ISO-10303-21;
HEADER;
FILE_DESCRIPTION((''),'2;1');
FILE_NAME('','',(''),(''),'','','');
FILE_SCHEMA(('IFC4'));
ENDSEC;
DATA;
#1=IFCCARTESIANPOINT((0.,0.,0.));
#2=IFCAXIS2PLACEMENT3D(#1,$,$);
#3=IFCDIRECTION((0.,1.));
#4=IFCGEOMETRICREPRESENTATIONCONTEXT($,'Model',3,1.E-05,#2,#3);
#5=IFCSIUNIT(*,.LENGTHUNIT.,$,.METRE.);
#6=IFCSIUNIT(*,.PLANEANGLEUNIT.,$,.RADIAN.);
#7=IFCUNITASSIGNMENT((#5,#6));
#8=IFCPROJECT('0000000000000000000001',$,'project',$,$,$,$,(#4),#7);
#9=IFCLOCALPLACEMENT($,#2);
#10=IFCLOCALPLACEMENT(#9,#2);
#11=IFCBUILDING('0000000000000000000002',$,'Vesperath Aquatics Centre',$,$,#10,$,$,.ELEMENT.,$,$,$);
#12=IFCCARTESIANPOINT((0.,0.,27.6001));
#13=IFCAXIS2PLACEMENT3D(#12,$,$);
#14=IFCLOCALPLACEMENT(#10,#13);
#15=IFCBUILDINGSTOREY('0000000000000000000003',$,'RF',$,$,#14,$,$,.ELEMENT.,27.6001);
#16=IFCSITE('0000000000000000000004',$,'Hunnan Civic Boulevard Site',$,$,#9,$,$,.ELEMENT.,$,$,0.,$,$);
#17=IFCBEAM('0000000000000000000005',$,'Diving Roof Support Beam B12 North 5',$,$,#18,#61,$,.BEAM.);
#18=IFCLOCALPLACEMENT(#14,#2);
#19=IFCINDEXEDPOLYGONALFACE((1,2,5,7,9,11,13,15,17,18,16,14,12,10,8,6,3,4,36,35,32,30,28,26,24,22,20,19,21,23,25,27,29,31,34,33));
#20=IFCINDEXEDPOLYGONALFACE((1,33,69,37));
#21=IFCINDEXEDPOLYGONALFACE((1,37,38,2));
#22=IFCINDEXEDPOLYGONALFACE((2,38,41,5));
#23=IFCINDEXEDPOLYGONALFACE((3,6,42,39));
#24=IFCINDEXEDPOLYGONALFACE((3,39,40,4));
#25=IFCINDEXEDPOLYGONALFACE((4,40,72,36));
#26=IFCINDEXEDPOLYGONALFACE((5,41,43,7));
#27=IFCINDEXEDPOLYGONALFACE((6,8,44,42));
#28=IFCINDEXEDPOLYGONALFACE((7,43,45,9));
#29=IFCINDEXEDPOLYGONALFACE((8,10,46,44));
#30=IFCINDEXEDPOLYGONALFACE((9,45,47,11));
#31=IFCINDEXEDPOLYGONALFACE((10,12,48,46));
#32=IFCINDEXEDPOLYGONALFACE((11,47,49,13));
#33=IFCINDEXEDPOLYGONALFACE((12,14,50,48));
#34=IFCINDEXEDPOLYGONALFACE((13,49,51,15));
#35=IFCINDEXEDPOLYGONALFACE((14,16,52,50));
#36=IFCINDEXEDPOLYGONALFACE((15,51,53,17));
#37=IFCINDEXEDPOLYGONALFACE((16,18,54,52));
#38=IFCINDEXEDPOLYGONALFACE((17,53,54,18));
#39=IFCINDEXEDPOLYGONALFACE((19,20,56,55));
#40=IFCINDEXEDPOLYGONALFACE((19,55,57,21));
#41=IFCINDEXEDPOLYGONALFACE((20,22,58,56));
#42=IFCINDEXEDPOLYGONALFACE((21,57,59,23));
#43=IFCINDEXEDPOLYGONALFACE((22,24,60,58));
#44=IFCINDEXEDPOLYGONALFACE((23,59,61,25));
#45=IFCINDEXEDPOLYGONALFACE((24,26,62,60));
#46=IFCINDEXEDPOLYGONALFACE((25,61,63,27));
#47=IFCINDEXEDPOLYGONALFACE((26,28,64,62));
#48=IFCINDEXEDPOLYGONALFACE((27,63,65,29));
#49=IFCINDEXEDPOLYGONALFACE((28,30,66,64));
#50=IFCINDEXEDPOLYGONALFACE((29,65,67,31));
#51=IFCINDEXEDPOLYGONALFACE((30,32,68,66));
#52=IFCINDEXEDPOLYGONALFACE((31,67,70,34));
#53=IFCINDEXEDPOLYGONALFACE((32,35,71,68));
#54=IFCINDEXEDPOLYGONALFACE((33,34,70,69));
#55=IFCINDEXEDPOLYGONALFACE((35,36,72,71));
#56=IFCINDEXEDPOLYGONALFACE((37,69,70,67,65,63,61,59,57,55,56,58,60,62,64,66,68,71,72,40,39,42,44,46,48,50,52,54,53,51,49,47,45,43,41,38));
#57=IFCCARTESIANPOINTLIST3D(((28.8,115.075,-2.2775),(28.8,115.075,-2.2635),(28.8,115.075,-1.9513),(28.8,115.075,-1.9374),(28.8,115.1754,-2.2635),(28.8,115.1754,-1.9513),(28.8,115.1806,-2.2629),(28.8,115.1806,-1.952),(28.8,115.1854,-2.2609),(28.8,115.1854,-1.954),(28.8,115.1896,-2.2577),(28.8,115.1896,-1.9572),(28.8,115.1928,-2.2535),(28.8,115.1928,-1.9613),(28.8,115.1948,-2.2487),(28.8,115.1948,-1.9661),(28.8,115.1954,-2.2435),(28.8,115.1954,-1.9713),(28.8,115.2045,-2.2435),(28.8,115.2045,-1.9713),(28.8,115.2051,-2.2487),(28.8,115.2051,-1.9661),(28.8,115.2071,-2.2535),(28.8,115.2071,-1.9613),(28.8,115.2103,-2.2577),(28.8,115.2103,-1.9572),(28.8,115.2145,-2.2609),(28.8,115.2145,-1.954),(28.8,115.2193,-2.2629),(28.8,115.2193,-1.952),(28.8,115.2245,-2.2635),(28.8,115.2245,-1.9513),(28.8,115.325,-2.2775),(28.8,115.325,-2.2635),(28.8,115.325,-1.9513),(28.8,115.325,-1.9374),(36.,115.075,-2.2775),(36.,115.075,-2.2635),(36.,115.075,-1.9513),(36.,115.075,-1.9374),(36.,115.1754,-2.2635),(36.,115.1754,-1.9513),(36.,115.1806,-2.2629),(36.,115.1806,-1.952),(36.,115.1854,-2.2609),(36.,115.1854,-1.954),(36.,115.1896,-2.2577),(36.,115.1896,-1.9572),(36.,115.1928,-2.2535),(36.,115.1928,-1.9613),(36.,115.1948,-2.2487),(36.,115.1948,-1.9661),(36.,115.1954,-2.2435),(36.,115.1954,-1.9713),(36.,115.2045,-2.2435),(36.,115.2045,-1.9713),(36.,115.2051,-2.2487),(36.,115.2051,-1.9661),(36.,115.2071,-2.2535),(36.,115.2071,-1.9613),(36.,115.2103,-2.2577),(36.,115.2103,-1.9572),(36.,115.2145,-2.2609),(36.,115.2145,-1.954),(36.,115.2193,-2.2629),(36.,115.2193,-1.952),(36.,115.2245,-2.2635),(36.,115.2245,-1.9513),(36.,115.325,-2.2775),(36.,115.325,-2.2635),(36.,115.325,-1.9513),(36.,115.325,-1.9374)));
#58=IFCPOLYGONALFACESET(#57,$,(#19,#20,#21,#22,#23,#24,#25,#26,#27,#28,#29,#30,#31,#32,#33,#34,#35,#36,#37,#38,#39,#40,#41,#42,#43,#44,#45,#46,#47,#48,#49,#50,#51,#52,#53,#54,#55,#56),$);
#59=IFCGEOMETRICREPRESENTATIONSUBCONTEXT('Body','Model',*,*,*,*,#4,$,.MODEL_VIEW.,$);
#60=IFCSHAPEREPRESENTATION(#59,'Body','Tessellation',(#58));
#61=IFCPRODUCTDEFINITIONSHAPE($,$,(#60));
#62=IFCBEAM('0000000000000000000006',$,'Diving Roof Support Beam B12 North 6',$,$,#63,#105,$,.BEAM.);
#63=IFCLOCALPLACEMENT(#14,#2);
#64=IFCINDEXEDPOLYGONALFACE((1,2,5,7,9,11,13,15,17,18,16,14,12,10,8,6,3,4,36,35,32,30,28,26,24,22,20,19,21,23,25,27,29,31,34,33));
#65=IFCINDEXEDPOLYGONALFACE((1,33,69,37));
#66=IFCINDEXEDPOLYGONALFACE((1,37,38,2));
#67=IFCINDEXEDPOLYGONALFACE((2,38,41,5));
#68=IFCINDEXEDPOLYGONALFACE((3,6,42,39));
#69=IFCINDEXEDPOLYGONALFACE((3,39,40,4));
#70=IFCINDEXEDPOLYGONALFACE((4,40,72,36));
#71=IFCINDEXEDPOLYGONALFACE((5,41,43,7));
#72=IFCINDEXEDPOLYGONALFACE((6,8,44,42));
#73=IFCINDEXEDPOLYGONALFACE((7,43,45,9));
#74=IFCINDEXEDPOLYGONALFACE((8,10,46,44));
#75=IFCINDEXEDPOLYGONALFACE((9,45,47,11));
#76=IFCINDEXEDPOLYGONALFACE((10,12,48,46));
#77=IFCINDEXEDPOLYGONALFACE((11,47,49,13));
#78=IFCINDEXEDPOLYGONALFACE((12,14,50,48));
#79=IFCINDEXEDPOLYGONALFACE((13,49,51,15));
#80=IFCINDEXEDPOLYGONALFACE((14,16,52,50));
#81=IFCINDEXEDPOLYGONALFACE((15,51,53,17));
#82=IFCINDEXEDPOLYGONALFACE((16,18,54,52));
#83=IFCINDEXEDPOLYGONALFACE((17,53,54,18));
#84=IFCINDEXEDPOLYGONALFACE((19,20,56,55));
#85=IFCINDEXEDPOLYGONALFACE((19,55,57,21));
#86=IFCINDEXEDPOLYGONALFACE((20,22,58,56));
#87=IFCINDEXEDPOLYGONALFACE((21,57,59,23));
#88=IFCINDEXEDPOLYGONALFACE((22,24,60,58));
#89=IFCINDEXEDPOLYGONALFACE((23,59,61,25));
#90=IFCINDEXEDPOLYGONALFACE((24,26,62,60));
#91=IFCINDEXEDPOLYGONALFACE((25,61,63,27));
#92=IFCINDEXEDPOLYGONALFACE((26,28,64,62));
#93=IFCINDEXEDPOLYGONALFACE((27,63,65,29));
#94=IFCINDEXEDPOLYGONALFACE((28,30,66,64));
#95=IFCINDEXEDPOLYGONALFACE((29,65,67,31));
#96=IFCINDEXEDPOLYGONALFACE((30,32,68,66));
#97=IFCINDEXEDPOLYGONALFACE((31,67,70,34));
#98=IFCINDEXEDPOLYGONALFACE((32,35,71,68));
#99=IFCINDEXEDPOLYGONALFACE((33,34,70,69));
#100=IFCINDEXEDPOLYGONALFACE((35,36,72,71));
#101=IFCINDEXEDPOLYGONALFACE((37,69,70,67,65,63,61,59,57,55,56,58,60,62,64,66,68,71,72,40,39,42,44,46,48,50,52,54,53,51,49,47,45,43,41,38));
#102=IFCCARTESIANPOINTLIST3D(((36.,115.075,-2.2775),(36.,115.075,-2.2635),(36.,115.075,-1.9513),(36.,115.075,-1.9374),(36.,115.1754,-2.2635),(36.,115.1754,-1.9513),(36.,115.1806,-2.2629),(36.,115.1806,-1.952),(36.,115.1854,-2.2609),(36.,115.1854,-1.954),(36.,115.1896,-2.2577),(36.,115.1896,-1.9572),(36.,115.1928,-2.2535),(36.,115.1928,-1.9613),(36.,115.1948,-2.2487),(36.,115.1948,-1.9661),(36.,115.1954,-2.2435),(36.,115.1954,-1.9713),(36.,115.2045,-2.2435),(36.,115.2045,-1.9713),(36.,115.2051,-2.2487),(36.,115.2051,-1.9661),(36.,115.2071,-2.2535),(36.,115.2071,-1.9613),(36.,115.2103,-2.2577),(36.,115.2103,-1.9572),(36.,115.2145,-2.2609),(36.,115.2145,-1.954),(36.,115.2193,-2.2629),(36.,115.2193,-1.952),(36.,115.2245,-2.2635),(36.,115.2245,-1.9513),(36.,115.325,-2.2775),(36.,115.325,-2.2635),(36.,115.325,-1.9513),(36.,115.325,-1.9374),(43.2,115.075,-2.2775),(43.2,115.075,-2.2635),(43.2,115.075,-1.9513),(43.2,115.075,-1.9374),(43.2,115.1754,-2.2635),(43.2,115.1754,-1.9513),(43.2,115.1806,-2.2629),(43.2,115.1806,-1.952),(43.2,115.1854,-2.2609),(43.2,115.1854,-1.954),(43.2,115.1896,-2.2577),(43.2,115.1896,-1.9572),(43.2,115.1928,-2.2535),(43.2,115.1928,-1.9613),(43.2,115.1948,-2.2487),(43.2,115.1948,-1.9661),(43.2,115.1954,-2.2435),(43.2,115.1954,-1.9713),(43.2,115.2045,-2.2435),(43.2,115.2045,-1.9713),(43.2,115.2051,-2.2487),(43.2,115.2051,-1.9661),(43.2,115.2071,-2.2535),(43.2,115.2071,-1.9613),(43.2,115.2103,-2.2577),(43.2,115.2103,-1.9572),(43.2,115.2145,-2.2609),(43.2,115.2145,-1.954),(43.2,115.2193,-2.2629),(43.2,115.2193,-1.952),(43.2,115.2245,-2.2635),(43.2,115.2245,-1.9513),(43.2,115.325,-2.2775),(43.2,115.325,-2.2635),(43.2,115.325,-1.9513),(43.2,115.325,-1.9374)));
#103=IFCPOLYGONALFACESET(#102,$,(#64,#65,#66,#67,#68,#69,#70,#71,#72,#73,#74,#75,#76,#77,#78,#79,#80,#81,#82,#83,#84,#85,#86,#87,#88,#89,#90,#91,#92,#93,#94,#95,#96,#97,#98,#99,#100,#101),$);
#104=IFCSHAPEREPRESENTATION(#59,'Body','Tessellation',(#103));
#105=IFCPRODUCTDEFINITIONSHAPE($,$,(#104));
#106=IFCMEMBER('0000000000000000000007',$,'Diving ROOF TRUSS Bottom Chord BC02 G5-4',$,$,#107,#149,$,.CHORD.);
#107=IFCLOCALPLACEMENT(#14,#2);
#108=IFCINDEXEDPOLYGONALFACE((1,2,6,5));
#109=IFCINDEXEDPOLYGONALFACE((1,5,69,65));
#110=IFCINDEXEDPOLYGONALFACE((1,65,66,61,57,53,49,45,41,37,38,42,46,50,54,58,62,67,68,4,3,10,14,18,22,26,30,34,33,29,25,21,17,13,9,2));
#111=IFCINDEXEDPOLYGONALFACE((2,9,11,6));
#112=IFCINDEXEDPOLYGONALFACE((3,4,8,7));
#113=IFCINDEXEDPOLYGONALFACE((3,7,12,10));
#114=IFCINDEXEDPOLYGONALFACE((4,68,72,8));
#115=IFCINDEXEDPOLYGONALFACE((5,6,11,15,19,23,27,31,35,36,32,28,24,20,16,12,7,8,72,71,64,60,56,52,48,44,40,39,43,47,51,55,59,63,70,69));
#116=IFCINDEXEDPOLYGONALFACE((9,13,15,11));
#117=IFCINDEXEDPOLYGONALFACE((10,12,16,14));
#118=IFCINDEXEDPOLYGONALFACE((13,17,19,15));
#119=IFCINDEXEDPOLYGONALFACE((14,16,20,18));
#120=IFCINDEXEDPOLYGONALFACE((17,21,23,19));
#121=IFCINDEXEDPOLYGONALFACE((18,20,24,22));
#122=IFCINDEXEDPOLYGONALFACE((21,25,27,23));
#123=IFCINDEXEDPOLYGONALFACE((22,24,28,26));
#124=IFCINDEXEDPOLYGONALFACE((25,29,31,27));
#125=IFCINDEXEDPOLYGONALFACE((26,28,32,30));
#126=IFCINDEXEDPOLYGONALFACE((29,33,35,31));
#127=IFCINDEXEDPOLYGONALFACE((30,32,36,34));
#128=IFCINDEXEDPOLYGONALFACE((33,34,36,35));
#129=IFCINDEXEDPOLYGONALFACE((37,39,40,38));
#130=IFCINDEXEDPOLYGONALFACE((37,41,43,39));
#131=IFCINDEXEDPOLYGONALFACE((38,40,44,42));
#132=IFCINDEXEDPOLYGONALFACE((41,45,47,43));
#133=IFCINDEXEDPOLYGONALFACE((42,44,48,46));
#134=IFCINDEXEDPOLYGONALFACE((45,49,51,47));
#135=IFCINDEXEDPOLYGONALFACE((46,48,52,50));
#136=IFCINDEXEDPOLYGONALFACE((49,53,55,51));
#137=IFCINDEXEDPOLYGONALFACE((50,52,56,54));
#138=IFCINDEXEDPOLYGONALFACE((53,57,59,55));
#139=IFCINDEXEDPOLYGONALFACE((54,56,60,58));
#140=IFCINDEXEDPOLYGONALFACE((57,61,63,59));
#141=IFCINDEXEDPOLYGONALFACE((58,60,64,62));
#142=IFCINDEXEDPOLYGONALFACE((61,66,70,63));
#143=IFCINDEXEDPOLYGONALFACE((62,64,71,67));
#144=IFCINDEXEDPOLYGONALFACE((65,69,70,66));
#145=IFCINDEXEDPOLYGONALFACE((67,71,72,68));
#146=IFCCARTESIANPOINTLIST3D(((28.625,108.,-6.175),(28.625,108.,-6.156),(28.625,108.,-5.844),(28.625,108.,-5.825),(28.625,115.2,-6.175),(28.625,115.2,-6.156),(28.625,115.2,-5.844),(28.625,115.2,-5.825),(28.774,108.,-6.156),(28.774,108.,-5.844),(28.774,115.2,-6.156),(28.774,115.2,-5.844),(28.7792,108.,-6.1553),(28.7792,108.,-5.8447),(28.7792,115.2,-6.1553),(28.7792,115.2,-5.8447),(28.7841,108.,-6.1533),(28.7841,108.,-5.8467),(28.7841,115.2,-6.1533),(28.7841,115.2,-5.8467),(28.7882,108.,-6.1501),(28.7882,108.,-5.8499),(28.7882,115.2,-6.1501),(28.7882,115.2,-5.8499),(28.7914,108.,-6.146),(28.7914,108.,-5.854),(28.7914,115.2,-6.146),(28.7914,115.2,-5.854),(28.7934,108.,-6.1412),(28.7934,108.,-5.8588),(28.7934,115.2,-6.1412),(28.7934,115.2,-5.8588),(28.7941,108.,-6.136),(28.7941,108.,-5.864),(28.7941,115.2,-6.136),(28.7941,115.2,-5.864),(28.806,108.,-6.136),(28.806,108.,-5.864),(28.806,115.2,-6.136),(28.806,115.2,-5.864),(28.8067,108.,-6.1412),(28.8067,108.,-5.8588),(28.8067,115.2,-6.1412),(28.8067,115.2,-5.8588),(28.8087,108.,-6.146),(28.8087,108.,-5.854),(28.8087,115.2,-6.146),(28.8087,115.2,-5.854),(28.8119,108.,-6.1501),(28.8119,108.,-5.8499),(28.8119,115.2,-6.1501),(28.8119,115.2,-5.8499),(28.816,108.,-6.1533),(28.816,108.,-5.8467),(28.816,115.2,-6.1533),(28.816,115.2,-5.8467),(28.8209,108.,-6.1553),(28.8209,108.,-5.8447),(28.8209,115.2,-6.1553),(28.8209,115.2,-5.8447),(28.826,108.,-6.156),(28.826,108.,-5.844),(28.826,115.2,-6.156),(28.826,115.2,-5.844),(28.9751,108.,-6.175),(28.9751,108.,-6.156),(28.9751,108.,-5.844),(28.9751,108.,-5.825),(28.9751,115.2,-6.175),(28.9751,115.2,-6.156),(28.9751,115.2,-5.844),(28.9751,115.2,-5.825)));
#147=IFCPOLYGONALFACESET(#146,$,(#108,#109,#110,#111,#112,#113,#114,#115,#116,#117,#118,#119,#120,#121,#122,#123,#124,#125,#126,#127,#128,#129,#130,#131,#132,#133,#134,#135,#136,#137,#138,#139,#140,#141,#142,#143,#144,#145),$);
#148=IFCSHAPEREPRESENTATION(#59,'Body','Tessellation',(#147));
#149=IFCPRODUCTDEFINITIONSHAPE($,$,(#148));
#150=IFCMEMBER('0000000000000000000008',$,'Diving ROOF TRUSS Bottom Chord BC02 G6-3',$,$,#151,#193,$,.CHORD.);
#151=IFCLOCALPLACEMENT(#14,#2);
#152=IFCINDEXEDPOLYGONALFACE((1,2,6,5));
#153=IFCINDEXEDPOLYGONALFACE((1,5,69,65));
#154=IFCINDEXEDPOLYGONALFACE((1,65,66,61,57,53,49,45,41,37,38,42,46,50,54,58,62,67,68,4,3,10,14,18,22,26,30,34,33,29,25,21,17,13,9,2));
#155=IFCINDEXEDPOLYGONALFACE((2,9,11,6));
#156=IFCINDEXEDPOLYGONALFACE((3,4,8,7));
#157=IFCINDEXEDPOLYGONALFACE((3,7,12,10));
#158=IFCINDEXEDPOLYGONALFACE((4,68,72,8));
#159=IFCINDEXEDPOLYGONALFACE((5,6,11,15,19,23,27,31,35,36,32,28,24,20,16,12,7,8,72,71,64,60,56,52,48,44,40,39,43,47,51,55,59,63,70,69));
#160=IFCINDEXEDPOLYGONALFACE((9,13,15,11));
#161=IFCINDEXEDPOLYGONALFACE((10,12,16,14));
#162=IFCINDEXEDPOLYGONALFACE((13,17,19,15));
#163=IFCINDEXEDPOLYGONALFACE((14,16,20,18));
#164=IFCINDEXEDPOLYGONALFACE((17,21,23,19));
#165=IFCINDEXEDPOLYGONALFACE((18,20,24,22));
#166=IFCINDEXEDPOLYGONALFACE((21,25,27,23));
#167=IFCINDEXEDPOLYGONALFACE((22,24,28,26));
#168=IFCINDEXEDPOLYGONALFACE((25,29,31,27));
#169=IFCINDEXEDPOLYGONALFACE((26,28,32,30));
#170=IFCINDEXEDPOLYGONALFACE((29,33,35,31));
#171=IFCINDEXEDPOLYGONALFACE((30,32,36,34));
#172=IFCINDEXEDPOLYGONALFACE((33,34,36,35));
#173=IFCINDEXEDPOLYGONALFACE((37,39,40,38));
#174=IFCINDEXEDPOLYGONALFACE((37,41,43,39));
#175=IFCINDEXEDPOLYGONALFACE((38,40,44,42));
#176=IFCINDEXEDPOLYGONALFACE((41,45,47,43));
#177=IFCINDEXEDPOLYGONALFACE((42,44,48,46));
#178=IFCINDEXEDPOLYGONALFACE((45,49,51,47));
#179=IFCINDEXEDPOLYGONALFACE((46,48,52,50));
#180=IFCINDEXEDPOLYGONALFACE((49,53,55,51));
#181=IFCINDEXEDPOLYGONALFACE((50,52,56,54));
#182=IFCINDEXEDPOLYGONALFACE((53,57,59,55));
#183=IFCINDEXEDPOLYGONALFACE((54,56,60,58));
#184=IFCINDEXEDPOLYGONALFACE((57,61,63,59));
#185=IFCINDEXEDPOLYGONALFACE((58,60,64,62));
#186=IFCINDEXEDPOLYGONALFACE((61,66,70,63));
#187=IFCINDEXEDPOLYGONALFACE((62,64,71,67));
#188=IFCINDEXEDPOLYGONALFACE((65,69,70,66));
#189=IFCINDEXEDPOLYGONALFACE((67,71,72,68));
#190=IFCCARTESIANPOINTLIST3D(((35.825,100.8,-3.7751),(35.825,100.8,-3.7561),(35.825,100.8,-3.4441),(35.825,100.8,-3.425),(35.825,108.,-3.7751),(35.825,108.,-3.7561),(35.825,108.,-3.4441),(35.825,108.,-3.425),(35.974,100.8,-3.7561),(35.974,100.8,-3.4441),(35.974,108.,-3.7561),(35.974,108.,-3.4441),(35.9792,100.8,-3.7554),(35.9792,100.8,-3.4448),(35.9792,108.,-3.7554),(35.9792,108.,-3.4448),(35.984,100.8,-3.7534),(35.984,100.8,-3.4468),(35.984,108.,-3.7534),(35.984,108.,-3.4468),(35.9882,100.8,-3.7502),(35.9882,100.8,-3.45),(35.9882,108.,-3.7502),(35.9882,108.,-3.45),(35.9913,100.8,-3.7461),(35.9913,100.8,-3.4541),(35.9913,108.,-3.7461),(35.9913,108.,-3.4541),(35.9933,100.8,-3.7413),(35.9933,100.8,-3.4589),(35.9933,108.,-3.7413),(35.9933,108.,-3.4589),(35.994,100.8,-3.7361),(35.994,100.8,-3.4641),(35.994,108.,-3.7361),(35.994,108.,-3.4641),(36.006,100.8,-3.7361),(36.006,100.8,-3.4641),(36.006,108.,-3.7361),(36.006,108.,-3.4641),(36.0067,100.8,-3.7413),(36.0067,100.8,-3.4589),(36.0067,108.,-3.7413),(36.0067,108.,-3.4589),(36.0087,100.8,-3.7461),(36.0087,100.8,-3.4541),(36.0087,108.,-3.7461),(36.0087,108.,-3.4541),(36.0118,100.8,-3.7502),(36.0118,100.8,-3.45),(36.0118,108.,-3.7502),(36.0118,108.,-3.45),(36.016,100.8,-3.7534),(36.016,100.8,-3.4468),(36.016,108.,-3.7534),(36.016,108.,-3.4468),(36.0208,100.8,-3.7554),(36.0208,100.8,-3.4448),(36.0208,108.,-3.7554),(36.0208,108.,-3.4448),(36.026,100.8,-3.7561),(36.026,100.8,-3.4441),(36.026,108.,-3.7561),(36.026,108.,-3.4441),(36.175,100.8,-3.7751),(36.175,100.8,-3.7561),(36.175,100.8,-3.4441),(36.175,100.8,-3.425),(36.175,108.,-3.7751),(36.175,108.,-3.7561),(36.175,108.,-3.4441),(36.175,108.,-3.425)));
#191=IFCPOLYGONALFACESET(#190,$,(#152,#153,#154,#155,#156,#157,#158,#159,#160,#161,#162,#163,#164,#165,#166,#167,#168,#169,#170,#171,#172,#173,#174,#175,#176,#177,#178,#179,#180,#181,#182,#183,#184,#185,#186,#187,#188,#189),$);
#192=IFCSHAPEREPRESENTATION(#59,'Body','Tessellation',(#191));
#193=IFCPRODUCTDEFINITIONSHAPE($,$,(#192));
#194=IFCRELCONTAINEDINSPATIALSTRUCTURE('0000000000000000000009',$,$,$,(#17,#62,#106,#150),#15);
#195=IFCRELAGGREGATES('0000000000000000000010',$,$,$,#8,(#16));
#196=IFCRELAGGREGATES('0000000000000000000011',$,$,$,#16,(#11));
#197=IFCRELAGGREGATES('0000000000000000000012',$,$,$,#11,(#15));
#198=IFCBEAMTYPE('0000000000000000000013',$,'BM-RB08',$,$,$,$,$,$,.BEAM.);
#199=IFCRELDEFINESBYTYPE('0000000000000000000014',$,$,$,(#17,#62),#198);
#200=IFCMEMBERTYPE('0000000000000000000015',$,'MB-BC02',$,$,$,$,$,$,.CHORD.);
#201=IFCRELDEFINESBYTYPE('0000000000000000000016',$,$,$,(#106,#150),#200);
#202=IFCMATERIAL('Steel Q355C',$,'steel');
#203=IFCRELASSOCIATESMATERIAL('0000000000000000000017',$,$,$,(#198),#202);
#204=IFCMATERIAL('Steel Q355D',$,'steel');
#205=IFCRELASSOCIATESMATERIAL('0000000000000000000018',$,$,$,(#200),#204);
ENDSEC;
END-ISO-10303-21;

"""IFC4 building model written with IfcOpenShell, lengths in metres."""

from ifc_helpers import new_model, si_unit, direction, frame, origin, origin_2d, place, context, subcontext, project, spatial, i_section, extrude, material, material_profile, profile_set, type_object, element, save


model = new_model("IFC4")

# Units and contexts
model_context = context("Model", 3, precision=1e-05, world=origin(), true_north=direction((0.0, 1.0)))
body_context = subcontext(model_context, "Body", "Model", "MODEL_VIEW")
ifc_project = project(units=[si_unit("LENGTHUNIT", "METRE"), si_unit("PLANEANGLEUNIT", "RADIAN")], contexts=[model_context])

# Site, building, storey
site_placement = place(None, origin())
site = spatial("IfcSite", under=ifc_project, at=site_placement, Name="Hunnan Civic Boulevard Site", CompositionType="ELEMENT", RefElevation=0.0)
building_placement = place(site_placement, origin())
building = spatial("IfcBuilding", under=site, at=building_placement, Name="Vesperath Aquatics Centre", CompositionType="ELEMENT")
storey_placement = place(building_placement, frame((0.0, 0.0, 27.6001)))
storey = spatial("IfcBuildingStorey", under=building, at=storey_placement, Name="RF", CompositionType="ELEMENT", Elevation=27.6001)

# Beams
ifc_material_1 = material(Name="Steel Q355C", Category="steel")
ifc_material_profile_1 = material_profile(ifc_material_1, i_section(OverallWidth=0.25, OverallDepth=0.3401, WebThickness=0.009, FlangeThickness=0.0139, FilletRadius=0.02, at=origin_2d()), Name="HM 340x250x9x14")
ifc_profile_set_1 = profile_set([ifc_material_profile_1], Name="Steel Q355C")
beam_type = type_object("IfcBeamType", Name="BM-RB08", PredefinedType="BEAM", material=ifc_profile_set_1)
for number, where, z_axis, x_axis, name in (
    (1, (28.8, 115.2, -2.1074), (1.0, 0.0, 0.0), (0.0, 1.0, 0.0), "Diving Roof Support Beam B12 North 5"),
    (2, (36.0, 115.2, -2.1074), (1.0, 0.0, 0.0), (0.0, 1.0, 0.0), "Diving Roof Support Beam B12 North 6"),
):
    element("IfcBeam", number, at=place(storey_placement, frame(where, z_axis=z_axis, x_axis=x_axis)), inside=storey, type_object=beam_type, Name=name, PredefinedType="BEAM", context=body_context, shape_type="SweptSolid", body=[
        extrude(i_section(OverallWidth=0.25, OverallDepth=0.3401, WebThickness=0.009, FlangeThickness=0.0139, FilletRadius=0.02, at=origin_2d()), origin(), (0.0, 0.0, 1.0), 7.2),
    ])

# Members
ifc_material_2 = material(Name="Steel Q355D", Category="steel")
ifc_material_profile_2 = material_profile(ifc_material_2, i_section(OverallWidth=0.3501, OverallDepth=0.3501, WebThickness=0.012, FlangeThickness=0.019, FilletRadius=0.02, at=origin_2d()), Name="HW 350x350x12x19")
ifc_profile_set_2 = profile_set([ifc_material_profile_2], Name="Steel Q355D")
member_type_1 = type_object("IfcMemberType", Name="MB-BC02", PredefinedType="CHORD", material=ifc_profile_set_2)
for number, where, z_axis, x_axis, name in (
    (3, (28.8, 108.0, -6.0), (0.0, 1.0, 0.0), (-1.0, 0.0, 0.0), "Diving ROOF TRUSS Bottom Chord BC02 G5-4"),
    (4, (36.0, 100.8, -3.6001), (0.0, 1.0, 0.0), (-1.0, 0.0, 0.0), "Diving ROOF TRUSS Bottom Chord BC02 G6-3"),
):
    element("IfcMember", number, at=place(storey_placement, frame(where, z_axis=z_axis, x_axis=x_axis)), inside=storey, type_object=member_type_1, Name=name, PredefinedType="CHORD", context=body_context, shape_type="SweptSolid", body=[
        extrude(i_section(OverallWidth=0.3501, OverallDepth=0.3501, WebThickness=0.012, FlangeThickness=0.019, FilletRadius=0.02, at=origin_2d()), origin(), (0.0, 0.0, 1.0), 7.2),
    ])

save(model, "model.ifc")
